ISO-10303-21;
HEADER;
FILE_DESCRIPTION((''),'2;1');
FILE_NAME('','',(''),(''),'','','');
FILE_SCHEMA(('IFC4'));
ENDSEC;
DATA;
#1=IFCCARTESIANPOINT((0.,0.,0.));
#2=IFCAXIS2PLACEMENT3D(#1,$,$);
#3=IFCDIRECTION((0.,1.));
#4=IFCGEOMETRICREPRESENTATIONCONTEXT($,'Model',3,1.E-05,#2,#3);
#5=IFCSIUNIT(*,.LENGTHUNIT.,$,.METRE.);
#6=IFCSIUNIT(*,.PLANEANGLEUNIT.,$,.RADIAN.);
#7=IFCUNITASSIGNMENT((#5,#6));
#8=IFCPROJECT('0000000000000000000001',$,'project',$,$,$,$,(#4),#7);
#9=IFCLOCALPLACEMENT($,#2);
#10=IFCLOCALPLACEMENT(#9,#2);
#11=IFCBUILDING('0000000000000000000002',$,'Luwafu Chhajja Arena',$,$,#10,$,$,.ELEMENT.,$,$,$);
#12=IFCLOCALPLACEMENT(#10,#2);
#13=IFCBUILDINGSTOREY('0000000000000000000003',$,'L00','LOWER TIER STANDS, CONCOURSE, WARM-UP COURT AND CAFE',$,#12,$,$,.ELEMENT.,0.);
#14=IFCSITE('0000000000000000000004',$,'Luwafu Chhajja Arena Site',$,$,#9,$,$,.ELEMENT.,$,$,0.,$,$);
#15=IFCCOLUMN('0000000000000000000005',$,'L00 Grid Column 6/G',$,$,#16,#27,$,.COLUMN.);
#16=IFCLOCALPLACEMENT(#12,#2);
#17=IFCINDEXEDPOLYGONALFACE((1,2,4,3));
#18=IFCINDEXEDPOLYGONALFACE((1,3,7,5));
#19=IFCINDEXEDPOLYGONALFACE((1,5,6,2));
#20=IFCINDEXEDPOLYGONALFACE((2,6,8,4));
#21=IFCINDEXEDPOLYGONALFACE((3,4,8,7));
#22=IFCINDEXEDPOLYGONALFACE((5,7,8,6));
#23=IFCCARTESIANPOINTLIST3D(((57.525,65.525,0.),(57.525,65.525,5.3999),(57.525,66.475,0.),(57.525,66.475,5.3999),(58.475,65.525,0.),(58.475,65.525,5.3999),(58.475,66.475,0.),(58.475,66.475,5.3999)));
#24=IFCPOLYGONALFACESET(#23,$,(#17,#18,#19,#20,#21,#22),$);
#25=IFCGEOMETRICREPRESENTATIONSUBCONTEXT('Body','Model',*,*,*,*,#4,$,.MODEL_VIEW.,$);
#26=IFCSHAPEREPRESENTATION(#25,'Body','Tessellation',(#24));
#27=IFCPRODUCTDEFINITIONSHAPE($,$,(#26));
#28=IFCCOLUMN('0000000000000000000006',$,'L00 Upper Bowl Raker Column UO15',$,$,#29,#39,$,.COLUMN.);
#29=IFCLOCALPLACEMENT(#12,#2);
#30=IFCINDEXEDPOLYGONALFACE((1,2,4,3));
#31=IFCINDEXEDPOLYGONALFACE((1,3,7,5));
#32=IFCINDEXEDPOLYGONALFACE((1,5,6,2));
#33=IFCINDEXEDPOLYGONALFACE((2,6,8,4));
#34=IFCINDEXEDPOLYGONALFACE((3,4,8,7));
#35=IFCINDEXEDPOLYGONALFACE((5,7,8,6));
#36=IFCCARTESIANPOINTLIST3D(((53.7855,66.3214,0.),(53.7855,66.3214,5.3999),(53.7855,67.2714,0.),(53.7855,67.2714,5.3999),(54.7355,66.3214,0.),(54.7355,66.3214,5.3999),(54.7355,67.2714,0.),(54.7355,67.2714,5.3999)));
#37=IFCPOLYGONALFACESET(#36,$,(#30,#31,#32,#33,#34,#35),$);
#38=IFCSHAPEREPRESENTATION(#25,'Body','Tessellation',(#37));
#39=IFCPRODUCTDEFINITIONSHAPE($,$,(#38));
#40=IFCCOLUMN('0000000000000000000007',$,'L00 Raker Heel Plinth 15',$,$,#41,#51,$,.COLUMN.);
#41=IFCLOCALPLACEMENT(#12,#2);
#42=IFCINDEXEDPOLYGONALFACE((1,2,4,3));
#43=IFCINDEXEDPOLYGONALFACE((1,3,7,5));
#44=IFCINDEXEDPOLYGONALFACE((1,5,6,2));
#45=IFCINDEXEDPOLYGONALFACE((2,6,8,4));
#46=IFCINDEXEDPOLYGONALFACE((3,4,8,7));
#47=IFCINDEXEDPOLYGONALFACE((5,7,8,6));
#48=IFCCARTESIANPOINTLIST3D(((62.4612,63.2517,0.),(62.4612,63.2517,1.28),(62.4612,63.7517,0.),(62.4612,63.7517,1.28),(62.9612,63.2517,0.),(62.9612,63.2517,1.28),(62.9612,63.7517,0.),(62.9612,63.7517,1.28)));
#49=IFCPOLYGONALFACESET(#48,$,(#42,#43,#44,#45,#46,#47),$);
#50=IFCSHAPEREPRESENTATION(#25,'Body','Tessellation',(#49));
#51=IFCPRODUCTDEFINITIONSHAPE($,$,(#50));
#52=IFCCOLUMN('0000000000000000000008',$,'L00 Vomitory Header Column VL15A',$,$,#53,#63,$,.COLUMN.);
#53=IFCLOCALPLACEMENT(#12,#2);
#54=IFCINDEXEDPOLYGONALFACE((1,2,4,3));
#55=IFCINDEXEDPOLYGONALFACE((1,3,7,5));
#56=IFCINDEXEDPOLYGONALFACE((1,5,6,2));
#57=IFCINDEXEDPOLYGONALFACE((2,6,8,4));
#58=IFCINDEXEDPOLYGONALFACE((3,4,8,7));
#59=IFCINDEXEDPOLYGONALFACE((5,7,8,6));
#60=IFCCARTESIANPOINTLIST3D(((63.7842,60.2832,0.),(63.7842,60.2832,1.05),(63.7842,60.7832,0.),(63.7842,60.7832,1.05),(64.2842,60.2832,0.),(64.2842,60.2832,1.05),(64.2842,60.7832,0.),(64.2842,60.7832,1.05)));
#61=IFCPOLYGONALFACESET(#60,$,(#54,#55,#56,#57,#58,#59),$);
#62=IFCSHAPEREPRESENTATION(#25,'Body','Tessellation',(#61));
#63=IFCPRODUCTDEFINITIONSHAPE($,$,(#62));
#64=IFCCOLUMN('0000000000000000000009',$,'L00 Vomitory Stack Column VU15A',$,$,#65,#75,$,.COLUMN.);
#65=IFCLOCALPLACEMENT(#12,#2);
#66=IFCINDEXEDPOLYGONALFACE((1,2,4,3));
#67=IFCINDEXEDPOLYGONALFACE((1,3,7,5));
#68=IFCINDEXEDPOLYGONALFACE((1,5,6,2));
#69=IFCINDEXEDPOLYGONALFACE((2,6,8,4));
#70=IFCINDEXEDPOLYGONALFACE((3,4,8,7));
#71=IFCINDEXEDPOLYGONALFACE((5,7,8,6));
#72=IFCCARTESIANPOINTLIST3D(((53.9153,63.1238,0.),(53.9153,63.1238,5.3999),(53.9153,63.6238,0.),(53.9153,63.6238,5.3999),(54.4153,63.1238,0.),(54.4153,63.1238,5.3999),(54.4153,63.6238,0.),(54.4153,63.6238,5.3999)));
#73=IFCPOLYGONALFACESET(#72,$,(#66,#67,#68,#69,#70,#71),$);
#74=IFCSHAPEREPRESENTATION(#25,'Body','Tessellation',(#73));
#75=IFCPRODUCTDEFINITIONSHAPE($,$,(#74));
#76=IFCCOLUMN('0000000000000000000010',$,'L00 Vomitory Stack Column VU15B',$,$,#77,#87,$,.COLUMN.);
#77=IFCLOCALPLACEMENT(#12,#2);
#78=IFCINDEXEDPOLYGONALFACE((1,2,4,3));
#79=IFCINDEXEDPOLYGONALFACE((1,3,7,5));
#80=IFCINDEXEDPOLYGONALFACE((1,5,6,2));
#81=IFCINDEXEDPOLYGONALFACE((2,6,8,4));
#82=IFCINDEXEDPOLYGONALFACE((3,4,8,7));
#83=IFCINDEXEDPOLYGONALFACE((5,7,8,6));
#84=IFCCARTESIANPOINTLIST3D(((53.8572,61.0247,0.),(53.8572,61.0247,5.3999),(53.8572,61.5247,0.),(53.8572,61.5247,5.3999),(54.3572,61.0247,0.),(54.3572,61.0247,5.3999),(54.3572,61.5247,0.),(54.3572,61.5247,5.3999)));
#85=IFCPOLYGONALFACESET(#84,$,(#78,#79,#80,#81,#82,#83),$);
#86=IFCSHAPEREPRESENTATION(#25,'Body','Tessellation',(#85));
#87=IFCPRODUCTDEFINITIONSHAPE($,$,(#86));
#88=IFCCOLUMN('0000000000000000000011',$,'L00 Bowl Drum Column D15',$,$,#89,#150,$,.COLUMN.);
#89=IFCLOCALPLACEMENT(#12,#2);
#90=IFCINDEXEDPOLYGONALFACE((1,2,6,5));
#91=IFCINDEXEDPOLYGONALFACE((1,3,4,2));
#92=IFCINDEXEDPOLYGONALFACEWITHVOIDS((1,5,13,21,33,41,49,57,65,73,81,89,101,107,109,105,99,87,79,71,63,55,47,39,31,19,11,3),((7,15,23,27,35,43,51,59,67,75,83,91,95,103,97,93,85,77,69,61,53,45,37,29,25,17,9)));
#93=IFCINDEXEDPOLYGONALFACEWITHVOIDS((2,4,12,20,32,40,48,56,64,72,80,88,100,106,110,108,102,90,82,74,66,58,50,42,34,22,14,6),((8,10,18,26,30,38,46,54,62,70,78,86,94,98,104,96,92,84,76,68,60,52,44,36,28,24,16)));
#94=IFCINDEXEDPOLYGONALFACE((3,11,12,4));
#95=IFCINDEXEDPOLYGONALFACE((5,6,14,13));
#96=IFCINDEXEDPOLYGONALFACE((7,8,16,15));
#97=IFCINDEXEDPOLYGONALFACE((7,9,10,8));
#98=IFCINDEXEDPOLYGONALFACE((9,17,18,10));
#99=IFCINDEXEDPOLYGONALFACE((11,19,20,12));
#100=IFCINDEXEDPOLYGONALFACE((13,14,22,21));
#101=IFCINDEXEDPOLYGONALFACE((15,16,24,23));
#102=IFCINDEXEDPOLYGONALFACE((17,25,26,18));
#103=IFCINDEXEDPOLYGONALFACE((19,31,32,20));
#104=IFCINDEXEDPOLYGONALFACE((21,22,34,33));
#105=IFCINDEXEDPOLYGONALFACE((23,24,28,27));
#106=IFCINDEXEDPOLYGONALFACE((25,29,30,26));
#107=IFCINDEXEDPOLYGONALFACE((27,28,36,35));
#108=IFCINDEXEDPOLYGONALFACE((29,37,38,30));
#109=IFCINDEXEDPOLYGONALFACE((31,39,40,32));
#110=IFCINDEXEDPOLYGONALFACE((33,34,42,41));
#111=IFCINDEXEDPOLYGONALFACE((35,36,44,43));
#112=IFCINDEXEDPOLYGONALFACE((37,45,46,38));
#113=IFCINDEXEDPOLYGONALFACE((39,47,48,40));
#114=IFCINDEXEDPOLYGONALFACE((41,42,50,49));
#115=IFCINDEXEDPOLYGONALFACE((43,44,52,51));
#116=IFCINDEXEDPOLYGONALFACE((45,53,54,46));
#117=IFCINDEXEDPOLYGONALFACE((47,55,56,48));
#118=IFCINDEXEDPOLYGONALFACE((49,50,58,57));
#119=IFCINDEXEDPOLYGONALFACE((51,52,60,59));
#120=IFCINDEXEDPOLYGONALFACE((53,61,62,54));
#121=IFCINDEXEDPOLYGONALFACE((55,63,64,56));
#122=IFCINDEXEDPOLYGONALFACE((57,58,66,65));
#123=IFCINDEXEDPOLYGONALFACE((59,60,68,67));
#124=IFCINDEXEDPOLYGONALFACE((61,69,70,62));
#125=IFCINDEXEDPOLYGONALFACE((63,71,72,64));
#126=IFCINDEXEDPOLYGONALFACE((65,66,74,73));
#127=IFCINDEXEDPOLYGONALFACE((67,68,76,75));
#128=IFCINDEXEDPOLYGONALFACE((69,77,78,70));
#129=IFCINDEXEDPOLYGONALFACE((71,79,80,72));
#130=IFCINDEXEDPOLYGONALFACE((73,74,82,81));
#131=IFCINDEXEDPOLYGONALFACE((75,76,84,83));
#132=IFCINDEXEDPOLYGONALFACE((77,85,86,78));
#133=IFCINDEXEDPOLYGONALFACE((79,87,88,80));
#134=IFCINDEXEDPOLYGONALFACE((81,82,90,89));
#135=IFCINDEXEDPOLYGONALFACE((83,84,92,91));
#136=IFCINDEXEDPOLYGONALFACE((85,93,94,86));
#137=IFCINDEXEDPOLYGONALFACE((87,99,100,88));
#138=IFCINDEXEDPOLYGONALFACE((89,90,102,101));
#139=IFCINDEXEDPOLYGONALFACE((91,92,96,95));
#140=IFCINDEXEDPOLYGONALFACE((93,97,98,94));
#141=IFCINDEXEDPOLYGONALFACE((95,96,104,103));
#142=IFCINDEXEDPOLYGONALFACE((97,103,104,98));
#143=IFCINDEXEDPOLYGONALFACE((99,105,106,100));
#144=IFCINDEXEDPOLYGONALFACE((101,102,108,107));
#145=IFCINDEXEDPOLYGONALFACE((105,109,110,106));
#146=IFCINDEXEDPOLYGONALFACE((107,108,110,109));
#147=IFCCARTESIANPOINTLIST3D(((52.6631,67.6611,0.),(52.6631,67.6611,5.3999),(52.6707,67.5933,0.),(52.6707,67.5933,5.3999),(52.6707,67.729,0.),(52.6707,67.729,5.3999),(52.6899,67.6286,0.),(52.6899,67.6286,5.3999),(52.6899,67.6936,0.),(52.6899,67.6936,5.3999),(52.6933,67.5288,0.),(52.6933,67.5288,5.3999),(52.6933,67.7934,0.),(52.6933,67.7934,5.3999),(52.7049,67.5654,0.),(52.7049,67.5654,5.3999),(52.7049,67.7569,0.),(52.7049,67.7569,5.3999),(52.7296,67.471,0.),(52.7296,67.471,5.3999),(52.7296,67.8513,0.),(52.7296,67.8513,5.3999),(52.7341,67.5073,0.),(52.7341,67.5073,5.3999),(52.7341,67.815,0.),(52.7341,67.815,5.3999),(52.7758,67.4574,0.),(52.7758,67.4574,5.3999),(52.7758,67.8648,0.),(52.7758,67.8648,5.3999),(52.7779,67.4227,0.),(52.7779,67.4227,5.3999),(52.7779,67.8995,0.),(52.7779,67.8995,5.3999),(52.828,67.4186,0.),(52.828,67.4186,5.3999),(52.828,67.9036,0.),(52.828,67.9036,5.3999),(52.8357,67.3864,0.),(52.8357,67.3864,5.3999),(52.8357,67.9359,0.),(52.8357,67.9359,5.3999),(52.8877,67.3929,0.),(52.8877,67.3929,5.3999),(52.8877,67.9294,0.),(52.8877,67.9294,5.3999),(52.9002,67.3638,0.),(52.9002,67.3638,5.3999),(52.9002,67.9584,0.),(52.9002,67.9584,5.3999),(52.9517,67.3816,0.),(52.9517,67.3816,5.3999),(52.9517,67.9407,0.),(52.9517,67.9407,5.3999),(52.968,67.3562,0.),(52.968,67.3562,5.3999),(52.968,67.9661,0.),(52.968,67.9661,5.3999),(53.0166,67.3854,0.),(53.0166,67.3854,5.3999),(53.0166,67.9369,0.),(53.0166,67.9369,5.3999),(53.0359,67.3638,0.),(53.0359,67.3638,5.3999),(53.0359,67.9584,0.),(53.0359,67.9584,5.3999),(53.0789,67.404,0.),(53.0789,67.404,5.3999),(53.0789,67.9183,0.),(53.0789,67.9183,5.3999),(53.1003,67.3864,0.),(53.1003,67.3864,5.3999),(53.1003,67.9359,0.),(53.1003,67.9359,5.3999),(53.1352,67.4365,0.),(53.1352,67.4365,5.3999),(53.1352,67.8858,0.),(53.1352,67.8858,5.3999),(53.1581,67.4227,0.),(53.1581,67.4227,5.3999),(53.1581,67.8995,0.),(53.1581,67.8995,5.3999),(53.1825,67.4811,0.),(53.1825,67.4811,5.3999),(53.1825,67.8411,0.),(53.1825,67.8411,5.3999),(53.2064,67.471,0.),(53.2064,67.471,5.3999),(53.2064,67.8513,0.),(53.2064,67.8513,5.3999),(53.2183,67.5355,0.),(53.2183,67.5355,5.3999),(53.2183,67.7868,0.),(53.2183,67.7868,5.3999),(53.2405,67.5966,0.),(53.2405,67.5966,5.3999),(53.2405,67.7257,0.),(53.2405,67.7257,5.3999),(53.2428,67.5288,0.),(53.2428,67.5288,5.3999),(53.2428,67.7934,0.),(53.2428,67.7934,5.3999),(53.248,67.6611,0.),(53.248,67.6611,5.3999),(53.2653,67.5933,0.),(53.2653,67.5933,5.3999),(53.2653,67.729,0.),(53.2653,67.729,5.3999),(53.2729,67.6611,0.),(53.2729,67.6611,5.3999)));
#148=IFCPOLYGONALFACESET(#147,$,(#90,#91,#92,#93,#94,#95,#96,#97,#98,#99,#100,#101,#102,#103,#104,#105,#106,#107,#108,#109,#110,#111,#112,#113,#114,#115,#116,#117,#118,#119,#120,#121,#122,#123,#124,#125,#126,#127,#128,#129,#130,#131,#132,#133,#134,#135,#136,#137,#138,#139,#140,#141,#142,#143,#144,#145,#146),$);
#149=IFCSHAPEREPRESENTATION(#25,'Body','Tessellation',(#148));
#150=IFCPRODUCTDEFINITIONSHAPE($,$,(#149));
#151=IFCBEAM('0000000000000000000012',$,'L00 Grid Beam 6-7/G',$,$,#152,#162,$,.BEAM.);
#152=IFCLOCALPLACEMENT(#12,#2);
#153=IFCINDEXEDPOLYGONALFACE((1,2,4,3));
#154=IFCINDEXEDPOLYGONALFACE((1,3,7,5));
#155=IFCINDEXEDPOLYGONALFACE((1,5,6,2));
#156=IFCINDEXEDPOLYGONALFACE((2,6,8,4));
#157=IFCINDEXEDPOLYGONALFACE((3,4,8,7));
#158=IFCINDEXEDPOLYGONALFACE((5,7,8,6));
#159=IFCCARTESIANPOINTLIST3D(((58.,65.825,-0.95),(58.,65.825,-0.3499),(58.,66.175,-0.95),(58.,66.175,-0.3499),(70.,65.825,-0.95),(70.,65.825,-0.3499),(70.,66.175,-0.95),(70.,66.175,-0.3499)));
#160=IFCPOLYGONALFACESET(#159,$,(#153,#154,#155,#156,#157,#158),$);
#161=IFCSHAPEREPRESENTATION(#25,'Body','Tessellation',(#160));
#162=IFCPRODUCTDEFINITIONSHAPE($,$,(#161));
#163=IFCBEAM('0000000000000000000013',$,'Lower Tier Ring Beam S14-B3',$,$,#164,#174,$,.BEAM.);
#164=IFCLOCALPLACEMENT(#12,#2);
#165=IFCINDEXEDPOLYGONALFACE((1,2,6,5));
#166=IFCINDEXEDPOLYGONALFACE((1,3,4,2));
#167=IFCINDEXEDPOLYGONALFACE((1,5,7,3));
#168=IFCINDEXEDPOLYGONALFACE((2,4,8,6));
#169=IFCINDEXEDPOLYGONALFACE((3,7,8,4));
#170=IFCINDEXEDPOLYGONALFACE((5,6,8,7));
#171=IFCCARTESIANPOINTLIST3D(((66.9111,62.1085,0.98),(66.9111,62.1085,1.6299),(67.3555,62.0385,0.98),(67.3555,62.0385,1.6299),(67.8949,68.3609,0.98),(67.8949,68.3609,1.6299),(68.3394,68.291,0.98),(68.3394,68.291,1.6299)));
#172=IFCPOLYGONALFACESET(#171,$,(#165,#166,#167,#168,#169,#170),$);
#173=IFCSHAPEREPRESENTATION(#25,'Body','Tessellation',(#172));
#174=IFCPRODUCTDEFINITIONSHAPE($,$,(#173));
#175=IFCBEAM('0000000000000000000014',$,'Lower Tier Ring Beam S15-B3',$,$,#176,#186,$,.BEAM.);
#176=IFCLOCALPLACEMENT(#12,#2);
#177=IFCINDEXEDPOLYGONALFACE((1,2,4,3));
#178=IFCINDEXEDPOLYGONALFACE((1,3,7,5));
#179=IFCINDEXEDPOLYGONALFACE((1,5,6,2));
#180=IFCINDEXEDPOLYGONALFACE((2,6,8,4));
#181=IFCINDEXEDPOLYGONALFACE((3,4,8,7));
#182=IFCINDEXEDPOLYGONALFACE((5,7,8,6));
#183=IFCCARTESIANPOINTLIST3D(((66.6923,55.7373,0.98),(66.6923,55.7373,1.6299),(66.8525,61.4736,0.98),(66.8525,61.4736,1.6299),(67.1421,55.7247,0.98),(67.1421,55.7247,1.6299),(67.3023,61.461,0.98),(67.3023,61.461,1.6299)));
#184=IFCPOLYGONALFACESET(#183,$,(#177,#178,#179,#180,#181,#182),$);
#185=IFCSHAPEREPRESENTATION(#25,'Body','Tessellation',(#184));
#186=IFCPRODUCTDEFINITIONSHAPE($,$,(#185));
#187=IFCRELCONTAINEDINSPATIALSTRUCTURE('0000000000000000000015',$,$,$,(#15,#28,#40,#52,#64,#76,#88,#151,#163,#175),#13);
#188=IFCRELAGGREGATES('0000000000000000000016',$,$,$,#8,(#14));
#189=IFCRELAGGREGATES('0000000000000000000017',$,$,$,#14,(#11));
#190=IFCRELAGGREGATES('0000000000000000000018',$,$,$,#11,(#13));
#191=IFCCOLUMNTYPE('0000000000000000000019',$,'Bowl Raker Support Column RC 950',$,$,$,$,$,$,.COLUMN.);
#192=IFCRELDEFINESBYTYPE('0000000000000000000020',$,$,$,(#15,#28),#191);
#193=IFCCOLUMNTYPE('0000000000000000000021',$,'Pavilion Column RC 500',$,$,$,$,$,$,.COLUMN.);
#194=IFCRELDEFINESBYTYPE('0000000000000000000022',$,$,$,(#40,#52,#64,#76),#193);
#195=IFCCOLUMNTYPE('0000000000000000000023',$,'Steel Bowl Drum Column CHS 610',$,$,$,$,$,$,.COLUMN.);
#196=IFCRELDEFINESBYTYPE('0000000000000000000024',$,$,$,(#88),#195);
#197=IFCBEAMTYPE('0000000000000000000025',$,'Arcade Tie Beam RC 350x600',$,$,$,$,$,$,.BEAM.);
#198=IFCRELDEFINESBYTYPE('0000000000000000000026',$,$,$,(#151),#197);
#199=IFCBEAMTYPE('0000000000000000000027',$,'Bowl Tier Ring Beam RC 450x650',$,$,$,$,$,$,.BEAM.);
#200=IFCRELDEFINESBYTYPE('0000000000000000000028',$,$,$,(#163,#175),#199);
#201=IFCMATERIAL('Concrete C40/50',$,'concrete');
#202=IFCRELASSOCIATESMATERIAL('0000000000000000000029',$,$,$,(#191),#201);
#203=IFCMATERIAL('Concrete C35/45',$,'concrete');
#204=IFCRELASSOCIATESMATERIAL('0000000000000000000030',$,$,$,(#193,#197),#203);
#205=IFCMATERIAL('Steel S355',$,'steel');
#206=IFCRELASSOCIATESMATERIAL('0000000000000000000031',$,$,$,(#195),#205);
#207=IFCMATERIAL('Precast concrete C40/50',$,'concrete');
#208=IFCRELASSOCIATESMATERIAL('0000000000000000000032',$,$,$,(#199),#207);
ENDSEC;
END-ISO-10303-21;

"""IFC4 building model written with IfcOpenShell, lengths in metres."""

from ifc_helpers import new_model, si_unit, direction, frame, origin, origin_2d, place, context, subcontext, project, spatial, rectangle, hollow_circle, extrude, material, material_profile, profile_set, type_object, element, save


model = new_model("IFC4")

# Units and contexts
model_context = context("Model", 3, precision=1e-05, world=origin(), true_north=direction((0.0, 1.0)))
body_context = subcontext(model_context, "Body", "Model", "MODEL_VIEW")
ifc_project = project(units=[si_unit("LENGTHUNIT", "METRE"), si_unit("PLANEANGLEUNIT", "RADIAN")], contexts=[model_context])

# Site, building, storey
site_placement = place(None, origin())
site = spatial("IfcSite", under=ifc_project, at=site_placement, Name="Luwafu Chhajja Arena Site", CompositionType="ELEMENT", RefElevation=0.0)
building_placement = place(site_placement, origin())
building = spatial("IfcBuilding", under=site, at=building_placement, Name="Luwafu Chhajja Arena", CompositionType="ELEMENT")
storey_placement = place(building_placement, origin())
storey = spatial("IfcBuildingStorey", under=building, at=storey_placement, Name="L00", Description="LOWER TIER STANDS, CONCOURSE, WARM-UP COURT AND CAFE", CompositionType="ELEMENT", Elevation=0.0)

# Columns
ifc_material_1 = material(Name="Concrete C40/50", Category="concrete")
ifc_material_profile_1 = material_profile(ifc_material_1, rectangle(XDim=0.95, YDim=0.95, at=origin_2d()), Name="RC 950x950")
ifc_profile_set_1 = profile_set([ifc_material_profile_1], Name="Concrete C40/50")
column_type_1 = type_object("IfcColumnType", Name="Bowl Raker Support Column RC 950", PredefinedType="COLUMN", material=ifc_profile_set_1)
for number, where, z_axis, x_axis, name in (
    (1, (58.0, 66.0, 0.0), (0.0, 0.0, 1.0), (1.0, 0.0, 0.0), "L00 Grid Column 6/G"),
    (2, (54.2605, 66.7964, 0.0), (0.0, 0.0, 1.0), (1.0, 0.0, 0.0), "L00 Upper Bowl Raker Column UO15"),
):
    element("IfcColumn", number, at=place(storey_placement, frame(where, z_axis=z_axis, x_axis=x_axis)), inside=storey, type_object=column_type_1, Name=name, PredefinedType="COLUMN", context=body_context, shape_type="SweptSolid", body=[
        extrude(rectangle(XDim=0.95, YDim=0.95, at=origin_2d()), origin(), (0.0, 0.0, 1.0), 5.3999),
    ])
ifc_material_2 = material(Name="Concrete C35/45", Category="concrete")
ifc_material_profile_2 = material_profile(ifc_material_2, rectangle(XDim=0.5, YDim=0.5, at=origin_2d()), Name="RC 500x500")
ifc_profile_set_2 = profile_set([ifc_material_profile_2], Name="Concrete C35/45")
column_type_2 = type_object("IfcColumnType", Name="Pavilion Column RC 500", PredefinedType="COLUMN", material=ifc_profile_set_2)
column_1_placement = place(storey_placement, frame((62.7112, 63.5017, 0.0), z_axis=(0.0, 0.0, 1.0), x_axis=(1.0, 0.0, 0.0)))
element("IfcColumn", 3, at=column_1_placement, inside=storey, type_object=column_type_2, Name="L00 Raker Heel Plinth 15", PredefinedType="COLUMN", context=body_context, shape_type="SweptSolid", body=[
    extrude(rectangle(XDim=0.5, YDim=0.5, at=origin_2d()), origin(), (0.0, 0.0, 1.0), 1.28),
])
column_2_placement = place(storey_placement, frame((64.0342, 60.5332, 0.0), z_axis=(0.0, 0.0, 1.0), x_axis=(1.0, 0.0, 0.0)))
element("IfcColumn", 4, at=column_2_placement, inside=storey, type_object=column_type_2, Name="L00 Vomitory Header Column VL15A", PredefinedType="COLUMN", context=body_context, shape_type="SweptSolid", body=[
    extrude(rectangle(XDim=0.5, YDim=0.5, at=origin_2d()), origin(), (0.0, 0.0, 1.0), 1.05),
])
for number, where, z_axis, x_axis, name in (
    (5, (54.1653, 63.3738, 0.0), (0.0, 0.0, 1.0), (1.0, 0.0, 0.0), "L00 Vomitory Stack Column VU15A"),
    (6, (54.1072, 61.2747, 0.0), (0.0, 0.0, 1.0), (1.0, 0.0, 0.0), "L00 Vomitory Stack Column VU15B"),
):
    element("IfcColumn", number, at=place(storey_placement, frame(where, z_axis=z_axis, x_axis=x_axis)), inside=storey, type_object=column_type_2, Name=name, PredefinedType="COLUMN", context=body_context, shape_type="SweptSolid", body=[
        extrude(rectangle(XDim=0.5, YDim=0.5, at=origin_2d()), origin(), (0.0, 0.0, 1.0), 5.3999),
    ])
ifc_material_3 = material(Name="Steel S355", Category="steel")
ifc_material_profile_3 = material_profile(ifc_material_3, hollow_circle(Radius=0.3049, WallThickness=0.0249, at=origin_2d()), Name="CHS 610x25")
ifc_profile_set_3 = profile_set([ifc_material_profile_3], Name="Steel S355")
column_type_3 = type_object("IfcColumnType", Name="Steel Bowl Drum Column CHS 610", PredefinedType="COLUMN", material=ifc_profile_set_3)
column_3_placement = place(storey_placement, frame((52.968, 67.6611, 0.0), z_axis=(0.0, 0.0, 1.0), x_axis=(1.0, 0.0, 0.0)))
element("IfcColumn", 7, at=column_3_placement, inside=storey, type_object=column_type_3, Name="L00 Bowl Drum Column D15", PredefinedType="COLUMN", context=body_context, shape_type="SweptSolid", body=[
    extrude(hollow_circle(Radius=0.3049, WallThickness=0.0249, at=origin_2d()), origin(), (0.0, 0.0, 1.0), 5.3999),
])

# Beams
ifc_material_profile_4 = material_profile(ifc_material_2, rectangle(XDim=0.3501, YDim=0.6001, at=origin_2d()), Name="RC 350x600")
ifc_profile_set_4 = profile_set([ifc_material_profile_4], Name="Concrete C35/45")
beam_type_1 = type_object("IfcBeamType", Name="Arcade Tie Beam RC 350x600", PredefinedType="BEAM", material=ifc_profile_set_4)
beam_1_placement = place(storey_placement, frame((58.0, 66.0, -0.6499), z_axis=(1.0, 0.0, 0.0), x_axis=(0.0, 1.0, 0.0)))
element("IfcBeam", 8, at=beam_1_placement, inside=storey, type_object=beam_type_1, Name="L00 Grid Beam 6-7/G", PredefinedType="BEAM", context=body_context, shape_type="SweptSolid", body=[
    extrude(rectangle(XDim=0.3501, YDim=0.6001, at=origin_2d()), origin(), (0.0, 0.0, 1.0), 12.0),
])
ifc_material_4 = material(Name="Precast concrete C40/50", Category="concrete")
ifc_material_profile_5 = material_profile(ifc_material_4, rectangle(XDim=0.45, YDim=0.6499, at=origin_2d()), Name="RC 450x650")
ifc_profile_set_5 = profile_set([ifc_material_profile_5], Name="Precast concrete C40/50")
beam_type_2 = type_object("IfcBeamType", Name="Bowl Tier Ring Beam RC 450x650", PredefinedType="BEAM", material=ifc_profile_set_5)
beam_2_placement = place(storey_placement, frame((68.1172, 68.3259, 1.3049), z_axis=(-0.155448, -0.987844, 0.0), x_axis=(0.987844, -0.155448, 0.0)))
element("IfcBeam", 9, at=beam_2_placement, inside=storey, type_object=beam_type_2, Name="Lower Tier Ring Beam S14-B3", PredefinedType="BEAM", context=body_context, shape_type="SweptSolid", body=[
    extrude(rectangle(XDim=0.45, YDim=0.6499, at=origin_2d()), origin(), (0.0, 0.0, 1.0), 6.3293),
])
beam_3_placement = place(storey_placement, frame((67.0774, 61.4673, 1.3049), z_axis=(-0.027909, -0.99961, 0.0), x_axis=(0.99961, -0.027909, 0.0)))
element("IfcBeam", 10, at=beam_3_placement, inside=storey, type_object=beam_type_2, Name="Lower Tier Ring Beam S15-B3", PredefinedType="BEAM", context=body_context, shape_type="SweptSolid", body=[
    extrude(rectangle(XDim=0.45, YDim=0.6499, at=origin_2d()), origin(), (0.0, 0.0, 1.0), 5.7385),
])

save(model, "model.ifc")
